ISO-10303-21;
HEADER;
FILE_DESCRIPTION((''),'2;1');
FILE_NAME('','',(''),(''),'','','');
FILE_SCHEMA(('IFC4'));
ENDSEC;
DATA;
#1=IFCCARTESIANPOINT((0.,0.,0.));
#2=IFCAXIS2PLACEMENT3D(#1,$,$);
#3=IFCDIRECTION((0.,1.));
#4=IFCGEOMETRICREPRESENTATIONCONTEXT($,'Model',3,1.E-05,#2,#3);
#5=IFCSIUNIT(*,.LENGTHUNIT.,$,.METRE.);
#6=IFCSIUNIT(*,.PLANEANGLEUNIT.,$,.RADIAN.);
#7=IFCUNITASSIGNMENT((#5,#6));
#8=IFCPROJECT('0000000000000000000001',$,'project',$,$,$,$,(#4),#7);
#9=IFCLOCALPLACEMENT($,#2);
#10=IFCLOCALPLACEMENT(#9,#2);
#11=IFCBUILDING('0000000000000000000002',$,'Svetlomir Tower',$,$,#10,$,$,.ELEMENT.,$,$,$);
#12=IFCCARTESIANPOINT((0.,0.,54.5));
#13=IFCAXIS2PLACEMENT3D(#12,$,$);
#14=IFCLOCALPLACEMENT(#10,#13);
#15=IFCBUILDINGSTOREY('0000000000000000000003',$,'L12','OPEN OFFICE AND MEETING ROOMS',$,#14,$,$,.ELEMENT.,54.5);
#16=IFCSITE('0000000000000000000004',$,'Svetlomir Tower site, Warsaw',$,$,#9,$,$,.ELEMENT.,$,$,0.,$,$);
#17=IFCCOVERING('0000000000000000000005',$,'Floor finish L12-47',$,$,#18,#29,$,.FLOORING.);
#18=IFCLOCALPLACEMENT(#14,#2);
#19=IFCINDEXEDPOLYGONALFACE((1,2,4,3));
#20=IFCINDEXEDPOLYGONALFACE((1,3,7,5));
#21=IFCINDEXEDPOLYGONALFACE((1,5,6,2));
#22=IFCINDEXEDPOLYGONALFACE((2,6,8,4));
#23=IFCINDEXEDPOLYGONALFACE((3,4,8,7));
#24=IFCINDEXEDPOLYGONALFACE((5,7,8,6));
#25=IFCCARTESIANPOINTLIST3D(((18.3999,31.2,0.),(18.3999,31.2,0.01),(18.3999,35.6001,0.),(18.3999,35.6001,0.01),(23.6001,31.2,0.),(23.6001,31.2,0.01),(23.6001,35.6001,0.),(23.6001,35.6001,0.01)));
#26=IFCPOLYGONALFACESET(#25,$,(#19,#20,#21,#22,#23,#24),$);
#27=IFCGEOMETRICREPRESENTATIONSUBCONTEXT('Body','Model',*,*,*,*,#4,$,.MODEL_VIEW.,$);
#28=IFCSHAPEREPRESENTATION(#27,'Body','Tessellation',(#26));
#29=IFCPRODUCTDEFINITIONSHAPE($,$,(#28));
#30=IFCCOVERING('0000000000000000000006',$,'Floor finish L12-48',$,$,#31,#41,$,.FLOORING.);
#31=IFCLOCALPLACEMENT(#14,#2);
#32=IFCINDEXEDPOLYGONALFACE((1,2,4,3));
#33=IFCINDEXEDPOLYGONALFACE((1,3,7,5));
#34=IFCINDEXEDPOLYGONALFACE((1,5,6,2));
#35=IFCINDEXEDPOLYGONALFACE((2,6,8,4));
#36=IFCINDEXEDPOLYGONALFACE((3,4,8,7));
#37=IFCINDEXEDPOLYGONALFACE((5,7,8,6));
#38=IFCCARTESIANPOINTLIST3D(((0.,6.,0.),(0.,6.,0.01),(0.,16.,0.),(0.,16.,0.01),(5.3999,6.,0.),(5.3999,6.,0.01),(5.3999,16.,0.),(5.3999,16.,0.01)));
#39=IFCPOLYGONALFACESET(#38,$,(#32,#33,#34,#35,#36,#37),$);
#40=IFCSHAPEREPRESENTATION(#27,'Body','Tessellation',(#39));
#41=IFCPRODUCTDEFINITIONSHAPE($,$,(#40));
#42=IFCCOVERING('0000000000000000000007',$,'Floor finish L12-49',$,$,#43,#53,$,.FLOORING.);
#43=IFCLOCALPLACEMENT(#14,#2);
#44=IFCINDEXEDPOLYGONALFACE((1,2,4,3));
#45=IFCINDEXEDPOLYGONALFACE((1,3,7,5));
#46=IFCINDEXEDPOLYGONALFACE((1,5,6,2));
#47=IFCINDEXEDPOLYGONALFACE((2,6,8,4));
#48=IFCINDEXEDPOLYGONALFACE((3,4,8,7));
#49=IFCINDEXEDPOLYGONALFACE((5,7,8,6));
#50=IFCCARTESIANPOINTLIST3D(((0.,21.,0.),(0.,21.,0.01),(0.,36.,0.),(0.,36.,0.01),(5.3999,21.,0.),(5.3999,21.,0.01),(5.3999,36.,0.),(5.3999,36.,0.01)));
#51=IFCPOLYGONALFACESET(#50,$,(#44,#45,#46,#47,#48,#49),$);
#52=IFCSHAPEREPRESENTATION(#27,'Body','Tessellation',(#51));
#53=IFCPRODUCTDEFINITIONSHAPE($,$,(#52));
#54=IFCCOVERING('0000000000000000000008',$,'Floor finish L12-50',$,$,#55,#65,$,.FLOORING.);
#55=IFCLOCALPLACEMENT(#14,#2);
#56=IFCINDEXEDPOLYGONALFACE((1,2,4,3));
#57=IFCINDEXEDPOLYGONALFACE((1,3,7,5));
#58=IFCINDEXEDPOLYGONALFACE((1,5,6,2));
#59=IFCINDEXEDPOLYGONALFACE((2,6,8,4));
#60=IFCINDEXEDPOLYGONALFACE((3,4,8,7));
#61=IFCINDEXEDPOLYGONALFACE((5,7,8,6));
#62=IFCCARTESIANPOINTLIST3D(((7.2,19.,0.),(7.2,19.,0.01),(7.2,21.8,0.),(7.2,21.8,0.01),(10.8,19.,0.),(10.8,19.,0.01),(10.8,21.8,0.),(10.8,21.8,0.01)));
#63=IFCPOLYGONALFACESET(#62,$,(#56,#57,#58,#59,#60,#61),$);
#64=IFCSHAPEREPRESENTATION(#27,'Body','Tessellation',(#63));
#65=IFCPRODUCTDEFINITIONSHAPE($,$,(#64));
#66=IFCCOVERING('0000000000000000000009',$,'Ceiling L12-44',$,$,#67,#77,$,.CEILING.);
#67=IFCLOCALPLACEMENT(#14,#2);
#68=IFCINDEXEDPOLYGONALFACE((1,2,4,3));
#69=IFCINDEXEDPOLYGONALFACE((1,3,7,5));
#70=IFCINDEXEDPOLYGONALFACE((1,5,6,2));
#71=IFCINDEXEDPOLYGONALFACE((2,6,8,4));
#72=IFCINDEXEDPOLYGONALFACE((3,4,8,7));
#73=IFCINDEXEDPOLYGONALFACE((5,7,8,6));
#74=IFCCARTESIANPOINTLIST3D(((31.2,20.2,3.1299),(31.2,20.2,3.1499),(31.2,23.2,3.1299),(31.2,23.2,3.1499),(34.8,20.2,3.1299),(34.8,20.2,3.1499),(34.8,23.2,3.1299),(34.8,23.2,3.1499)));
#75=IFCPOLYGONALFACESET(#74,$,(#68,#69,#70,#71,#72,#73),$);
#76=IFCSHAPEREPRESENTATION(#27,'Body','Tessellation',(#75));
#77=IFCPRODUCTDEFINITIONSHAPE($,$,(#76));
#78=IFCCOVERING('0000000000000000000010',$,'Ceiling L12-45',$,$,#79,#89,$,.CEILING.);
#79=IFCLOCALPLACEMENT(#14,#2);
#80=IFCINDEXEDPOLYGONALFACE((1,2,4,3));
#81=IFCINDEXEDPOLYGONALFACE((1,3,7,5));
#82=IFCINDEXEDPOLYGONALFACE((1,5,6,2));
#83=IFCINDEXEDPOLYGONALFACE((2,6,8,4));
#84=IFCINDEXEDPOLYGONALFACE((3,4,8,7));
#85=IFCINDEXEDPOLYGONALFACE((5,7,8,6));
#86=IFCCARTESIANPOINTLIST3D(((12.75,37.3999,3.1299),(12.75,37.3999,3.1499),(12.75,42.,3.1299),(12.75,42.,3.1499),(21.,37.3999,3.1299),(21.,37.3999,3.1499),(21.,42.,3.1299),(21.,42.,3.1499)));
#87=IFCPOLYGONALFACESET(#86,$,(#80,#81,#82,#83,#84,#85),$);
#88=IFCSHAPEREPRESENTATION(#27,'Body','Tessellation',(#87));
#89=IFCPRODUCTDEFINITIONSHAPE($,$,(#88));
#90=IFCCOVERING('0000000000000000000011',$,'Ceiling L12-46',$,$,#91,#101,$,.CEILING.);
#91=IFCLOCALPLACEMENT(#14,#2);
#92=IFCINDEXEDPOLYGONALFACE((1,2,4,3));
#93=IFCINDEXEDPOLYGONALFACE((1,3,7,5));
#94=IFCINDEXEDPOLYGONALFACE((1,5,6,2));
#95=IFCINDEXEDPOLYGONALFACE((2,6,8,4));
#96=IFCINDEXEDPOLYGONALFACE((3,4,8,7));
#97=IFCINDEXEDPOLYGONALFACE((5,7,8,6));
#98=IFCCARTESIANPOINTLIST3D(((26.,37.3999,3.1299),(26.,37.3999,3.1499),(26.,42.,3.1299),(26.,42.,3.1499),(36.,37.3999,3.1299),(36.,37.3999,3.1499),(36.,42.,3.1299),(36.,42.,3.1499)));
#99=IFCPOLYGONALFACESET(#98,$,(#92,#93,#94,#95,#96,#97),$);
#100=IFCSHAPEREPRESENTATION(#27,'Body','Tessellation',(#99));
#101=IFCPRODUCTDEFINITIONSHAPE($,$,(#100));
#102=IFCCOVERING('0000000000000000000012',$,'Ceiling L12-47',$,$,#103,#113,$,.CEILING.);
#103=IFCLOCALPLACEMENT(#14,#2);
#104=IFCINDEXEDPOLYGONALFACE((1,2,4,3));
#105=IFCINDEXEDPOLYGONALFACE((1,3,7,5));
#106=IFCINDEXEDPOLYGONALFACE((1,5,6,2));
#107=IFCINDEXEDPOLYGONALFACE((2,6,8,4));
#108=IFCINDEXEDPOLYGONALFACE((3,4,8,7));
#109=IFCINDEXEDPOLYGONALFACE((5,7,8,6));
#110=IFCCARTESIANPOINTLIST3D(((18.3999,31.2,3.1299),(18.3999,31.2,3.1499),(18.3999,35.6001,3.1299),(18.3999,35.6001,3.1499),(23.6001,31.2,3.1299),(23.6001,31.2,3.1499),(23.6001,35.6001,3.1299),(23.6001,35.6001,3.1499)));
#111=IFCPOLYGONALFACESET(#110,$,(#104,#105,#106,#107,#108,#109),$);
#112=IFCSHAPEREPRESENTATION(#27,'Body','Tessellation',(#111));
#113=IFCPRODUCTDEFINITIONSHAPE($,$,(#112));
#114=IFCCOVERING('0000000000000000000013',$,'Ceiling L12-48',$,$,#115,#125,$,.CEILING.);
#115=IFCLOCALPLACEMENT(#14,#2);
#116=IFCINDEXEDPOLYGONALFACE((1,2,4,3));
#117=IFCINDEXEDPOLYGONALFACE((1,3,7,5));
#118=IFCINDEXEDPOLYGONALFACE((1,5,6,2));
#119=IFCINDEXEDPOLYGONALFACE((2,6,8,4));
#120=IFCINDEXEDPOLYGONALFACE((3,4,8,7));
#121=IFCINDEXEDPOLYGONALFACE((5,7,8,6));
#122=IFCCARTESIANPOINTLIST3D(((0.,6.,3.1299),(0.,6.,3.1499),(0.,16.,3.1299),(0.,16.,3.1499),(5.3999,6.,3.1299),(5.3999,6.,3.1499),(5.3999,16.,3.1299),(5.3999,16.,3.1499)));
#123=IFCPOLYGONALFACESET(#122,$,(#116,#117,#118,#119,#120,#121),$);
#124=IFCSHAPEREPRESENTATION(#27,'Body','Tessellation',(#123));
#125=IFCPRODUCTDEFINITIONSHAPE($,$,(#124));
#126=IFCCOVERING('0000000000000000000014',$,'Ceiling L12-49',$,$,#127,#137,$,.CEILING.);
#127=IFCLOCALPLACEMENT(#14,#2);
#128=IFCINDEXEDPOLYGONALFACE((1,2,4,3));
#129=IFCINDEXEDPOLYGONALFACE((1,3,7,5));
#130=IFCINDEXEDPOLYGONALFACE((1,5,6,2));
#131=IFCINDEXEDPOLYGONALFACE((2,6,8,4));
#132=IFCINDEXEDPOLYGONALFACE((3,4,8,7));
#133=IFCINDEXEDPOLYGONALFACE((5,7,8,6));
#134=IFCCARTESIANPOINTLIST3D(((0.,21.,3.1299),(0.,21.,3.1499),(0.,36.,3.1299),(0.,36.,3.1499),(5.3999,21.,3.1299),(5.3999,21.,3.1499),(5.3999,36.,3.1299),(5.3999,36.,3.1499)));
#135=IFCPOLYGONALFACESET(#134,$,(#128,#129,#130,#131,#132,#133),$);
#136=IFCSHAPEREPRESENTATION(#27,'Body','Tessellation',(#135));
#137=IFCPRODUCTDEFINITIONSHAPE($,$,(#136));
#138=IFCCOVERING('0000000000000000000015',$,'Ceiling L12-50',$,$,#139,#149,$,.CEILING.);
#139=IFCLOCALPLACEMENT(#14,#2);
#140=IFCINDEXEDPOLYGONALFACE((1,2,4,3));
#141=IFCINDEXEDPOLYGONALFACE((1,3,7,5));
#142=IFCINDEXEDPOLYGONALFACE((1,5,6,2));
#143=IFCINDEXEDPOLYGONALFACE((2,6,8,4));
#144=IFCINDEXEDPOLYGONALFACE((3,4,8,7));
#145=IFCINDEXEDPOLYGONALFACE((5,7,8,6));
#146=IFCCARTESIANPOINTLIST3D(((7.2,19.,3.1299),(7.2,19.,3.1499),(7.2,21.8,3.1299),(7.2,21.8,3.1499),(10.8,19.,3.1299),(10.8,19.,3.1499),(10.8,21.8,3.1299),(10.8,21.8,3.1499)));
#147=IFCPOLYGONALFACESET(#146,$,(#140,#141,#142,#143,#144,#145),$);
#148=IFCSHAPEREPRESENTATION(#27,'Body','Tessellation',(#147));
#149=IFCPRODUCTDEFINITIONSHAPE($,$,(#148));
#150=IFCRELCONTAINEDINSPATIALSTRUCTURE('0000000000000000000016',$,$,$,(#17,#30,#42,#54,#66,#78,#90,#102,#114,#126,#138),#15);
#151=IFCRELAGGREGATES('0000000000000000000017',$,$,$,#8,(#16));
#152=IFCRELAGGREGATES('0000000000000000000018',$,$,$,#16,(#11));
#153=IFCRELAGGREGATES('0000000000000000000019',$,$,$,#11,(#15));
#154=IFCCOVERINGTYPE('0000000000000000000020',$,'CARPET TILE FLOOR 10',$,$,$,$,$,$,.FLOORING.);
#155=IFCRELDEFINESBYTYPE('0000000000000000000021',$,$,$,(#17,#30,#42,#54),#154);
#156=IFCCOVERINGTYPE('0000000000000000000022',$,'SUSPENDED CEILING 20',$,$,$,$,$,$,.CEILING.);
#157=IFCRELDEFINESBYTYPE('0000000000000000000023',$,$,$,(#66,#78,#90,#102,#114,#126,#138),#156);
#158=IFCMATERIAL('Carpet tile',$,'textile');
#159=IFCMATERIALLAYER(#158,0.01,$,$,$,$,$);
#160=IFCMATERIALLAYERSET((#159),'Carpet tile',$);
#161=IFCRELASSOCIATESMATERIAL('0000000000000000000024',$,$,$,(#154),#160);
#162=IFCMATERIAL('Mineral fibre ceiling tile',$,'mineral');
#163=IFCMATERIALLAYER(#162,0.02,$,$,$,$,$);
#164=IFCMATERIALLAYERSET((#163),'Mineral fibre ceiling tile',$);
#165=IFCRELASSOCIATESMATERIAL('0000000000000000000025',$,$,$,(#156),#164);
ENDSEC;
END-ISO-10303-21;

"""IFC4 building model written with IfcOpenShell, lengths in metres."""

from ifc_helpers import new_model, si_unit, direction, frame, origin, place, context, subcontext, project, spatial, polyline, outline, extrude, material, layer, layer_set, type_object, element, save


model = new_model("IFC4")

# Units and contexts
model_context = context("Model", 3, precision=1e-05, world=origin(), true_north=direction((0.0, 1.0)))
body_context = subcontext(model_context, "Body", "Model", "MODEL_VIEW")
ifc_project = project(units=[si_unit("LENGTHUNIT", "METRE"), si_unit("PLANEANGLEUNIT", "RADIAN")], contexts=[model_context])

# Site, building, storey
site_placement = place(None, origin())
site = spatial("IfcSite", under=ifc_project, at=site_placement, Name="Svetlomir Tower site, Warsaw", CompositionType="ELEMENT", RefElevation=0.0)
building_placement = place(site_placement, origin())
building = spatial("IfcBuilding", under=site, at=building_placement, Name="Svetlomir Tower", CompositionType="ELEMENT")
storey_placement = place(building_placement, frame((0.0, 0.0, 54.5)))
storey = spatial("IfcBuildingStorey", under=building, at=storey_placement, Name="L12", Description="OPEN OFFICE AND MEETING ROOMS", CompositionType="ELEMENT", Elevation=54.5)

# Coverings
ifc_material_1 = material(Name="Carpet tile", Category="textile")
ifc_layer_1 = layer(ifc_material_1, 0.01)
ifc_layer_set_1 = layer_set([ifc_layer_1], Name="Carpet tile")
covering_type_1 = type_object("IfcCoveringType", Name="CARPET TILE FLOOR 10", PredefinedType="FLOORING", material=ifc_layer_set_1)
covering_1_placement = place(storey_placement, origin())
element("IfcCovering", 1, at=covering_1_placement, inside=storey, type_object=covering_type_1, Name="Floor finish L12-47", PredefinedType="FLOORING", context=body_context, shape_type="SweptSolid", body=[
    extrude(outline(polyline([(18.3999, 31.2), (18.3999, 35.6001), (23.6001, 35.6001), (23.6001, 31.2), (18.3999, 31.2)])), origin(), (0.0, 0.0, 1.0), 0.01),
])
covering_2_placement = place(storey_placement, origin())
element("IfcCovering", 2, at=covering_2_placement, inside=storey, type_object=covering_type_1, Name="Floor finish L12-48", PredefinedType="FLOORING", context=body_context, shape_type="SweptSolid", body=[
    extrude(outline(polyline([(0.0, 16.0), (5.3999, 16.0), (5.3999, 6.0), (0.0, 6.0), (0.0, 16.0)])), origin(), (0.0, 0.0, 1.0), 0.01),
])
covering_3_placement = place(storey_placement, origin())
element("IfcCovering", 3, at=covering_3_placement, inside=storey, type_object=covering_type_1, Name="Floor finish L12-49", PredefinedType="FLOORING", context=body_context, shape_type="SweptSolid", body=[
    extrude(outline(polyline([(0.0, 36.0), (5.3999, 36.0), (5.3999, 21.0), (0.0, 21.0), (0.0, 36.0)])), origin(), (0.0, 0.0, 1.0), 0.01),
])
covering_4_placement = place(storey_placement, origin())
element("IfcCovering", 4, at=covering_4_placement, inside=storey, type_object=covering_type_1, Name="Floor finish L12-50", PredefinedType="FLOORING", context=body_context, shape_type="SweptSolid", body=[
    extrude(outline(polyline([(7.2, 19.0), (7.2, 21.8), (10.8, 21.8), (10.8, 19.0), (7.2, 19.0)])), origin(), (0.0, 0.0, 1.0), 0.01),
])
ifc_material_2 = material(Name="Mineral fibre ceiling tile", Category="mineral")
ifc_layer_2 = layer(ifc_material_2, 0.02)
ifc_layer_set_2 = layer_set([ifc_layer_2], Name="Mineral fibre ceiling tile")
covering_type_2 = type_object("IfcCoveringType", Name="SUSPENDED CEILING 20", PredefinedType="CEILING", material=ifc_layer_set_2)
covering_5_placement = place(storey_placement, frame((0.0, 0.0, 3.1299)))
element("IfcCovering", 5, at=covering_5_placement, inside=storey, type_object=covering_type_2, Name="Ceiling L12-44", PredefinedType="CEILING", context=body_context, shape_type="SweptSolid", body=[
    extrude(outline(polyline([(31.2, 23.2), (34.8, 23.2), (34.8, 20.2), (31.2, 20.2), (31.2, 23.2)])), origin(), (0.0, 0.0, 1.0), 0.02),
])
covering_6_placement = place(storey_placement, frame((0.0, 0.0, 3.1299)))
element("IfcCovering", 6, at=covering_6_placement, inside=storey, type_object=covering_type_2, Name="Ceiling L12-45", PredefinedType="CEILING", context=body_context, shape_type="SweptSolid", body=[
    extrude(outline(polyline([(21.0, 42.0), (21.0, 37.3999), (12.75, 37.3999), (12.75, 42.0), (21.0, 42.0)])), origin(), (0.0, 0.0, 1.0), 0.02),
])
covering_7_placement = place(storey_placement, frame((0.0, 0.0, 3.1299)))
element("IfcCovering", 7, at=covering_7_placement, inside=storey, type_object=covering_type_2, Name="Ceiling L12-46", PredefinedType="CEILING", context=body_context, shape_type="SweptSolid", body=[
    extrude(outline(polyline([(36.0, 42.0), (36.0, 37.3999), (26.0, 37.3999), (26.0, 42.0), (36.0, 42.0)])), origin(), (0.0, 0.0, 1.0), 0.02),
])
covering_8_placement = place(storey_placement, frame((0.0, 0.0, 3.1299)))
element("IfcCovering", 8, at=covering_8_placement, inside=storey, type_object=covering_type_2, Name="Ceiling L12-47", PredefinedType="CEILING", context=body_context, shape_type="SweptSolid", body=[
    extrude(outline(polyline([(18.3999, 31.2), (18.3999, 35.6001), (23.6001, 35.6001), (23.6001, 31.2), (18.3999, 31.2)])), origin(), (0.0, 0.0, 1.0), 0.02),
])
covering_9_placement = place(storey_placement, frame((0.0, 0.0, 3.1299)))
element("IfcCovering", 9, at=covering_9_placement, inside=storey, type_object=covering_type_2, Name="Ceiling L12-48", PredefinedType="CEILING", context=body_context, shape_type="SweptSolid", body=[
    extrude(outline(polyline([(0.0, 16.0), (5.3999, 16.0), (5.3999, 6.0), (0.0, 6.0), (0.0, 16.0)])), origin(), (0.0, 0.0, 1.0), 0.02),
])
covering_10_placement = place(storey_placement, frame((0.0, 0.0, 3.1299)))
element("IfcCovering", 10, at=covering_10_placement, inside=storey, type_object=covering_type_2, Name="Ceiling L12-49", PredefinedType="CEILING", context=body_context, shape_type="SweptSolid", body=[
    extrude(outline(polyline([(0.0, 36.0), (5.3999, 36.0), (5.3999, 21.0), (0.0, 21.0), (0.0, 36.0)])), origin(), (0.0, 0.0, 1.0), 0.02),
])
covering_11_placement = place(storey_placement, frame((0.0, 0.0, 3.1299)))
element("IfcCovering", 11, at=covering_11_placement, inside=storey, type_object=covering_type_2, Name="Ceiling L12-50", PredefinedType="CEILING", context=body_context, shape_type="SweptSolid", body=[
    extrude(outline(polyline([(7.2, 19.0), (7.2, 21.8), (10.8, 21.8), (10.8, 19.0), (7.2, 19.0)])), origin(), (0.0, 0.0, 1.0), 0.02),
])

save(model, "model.ifc")
